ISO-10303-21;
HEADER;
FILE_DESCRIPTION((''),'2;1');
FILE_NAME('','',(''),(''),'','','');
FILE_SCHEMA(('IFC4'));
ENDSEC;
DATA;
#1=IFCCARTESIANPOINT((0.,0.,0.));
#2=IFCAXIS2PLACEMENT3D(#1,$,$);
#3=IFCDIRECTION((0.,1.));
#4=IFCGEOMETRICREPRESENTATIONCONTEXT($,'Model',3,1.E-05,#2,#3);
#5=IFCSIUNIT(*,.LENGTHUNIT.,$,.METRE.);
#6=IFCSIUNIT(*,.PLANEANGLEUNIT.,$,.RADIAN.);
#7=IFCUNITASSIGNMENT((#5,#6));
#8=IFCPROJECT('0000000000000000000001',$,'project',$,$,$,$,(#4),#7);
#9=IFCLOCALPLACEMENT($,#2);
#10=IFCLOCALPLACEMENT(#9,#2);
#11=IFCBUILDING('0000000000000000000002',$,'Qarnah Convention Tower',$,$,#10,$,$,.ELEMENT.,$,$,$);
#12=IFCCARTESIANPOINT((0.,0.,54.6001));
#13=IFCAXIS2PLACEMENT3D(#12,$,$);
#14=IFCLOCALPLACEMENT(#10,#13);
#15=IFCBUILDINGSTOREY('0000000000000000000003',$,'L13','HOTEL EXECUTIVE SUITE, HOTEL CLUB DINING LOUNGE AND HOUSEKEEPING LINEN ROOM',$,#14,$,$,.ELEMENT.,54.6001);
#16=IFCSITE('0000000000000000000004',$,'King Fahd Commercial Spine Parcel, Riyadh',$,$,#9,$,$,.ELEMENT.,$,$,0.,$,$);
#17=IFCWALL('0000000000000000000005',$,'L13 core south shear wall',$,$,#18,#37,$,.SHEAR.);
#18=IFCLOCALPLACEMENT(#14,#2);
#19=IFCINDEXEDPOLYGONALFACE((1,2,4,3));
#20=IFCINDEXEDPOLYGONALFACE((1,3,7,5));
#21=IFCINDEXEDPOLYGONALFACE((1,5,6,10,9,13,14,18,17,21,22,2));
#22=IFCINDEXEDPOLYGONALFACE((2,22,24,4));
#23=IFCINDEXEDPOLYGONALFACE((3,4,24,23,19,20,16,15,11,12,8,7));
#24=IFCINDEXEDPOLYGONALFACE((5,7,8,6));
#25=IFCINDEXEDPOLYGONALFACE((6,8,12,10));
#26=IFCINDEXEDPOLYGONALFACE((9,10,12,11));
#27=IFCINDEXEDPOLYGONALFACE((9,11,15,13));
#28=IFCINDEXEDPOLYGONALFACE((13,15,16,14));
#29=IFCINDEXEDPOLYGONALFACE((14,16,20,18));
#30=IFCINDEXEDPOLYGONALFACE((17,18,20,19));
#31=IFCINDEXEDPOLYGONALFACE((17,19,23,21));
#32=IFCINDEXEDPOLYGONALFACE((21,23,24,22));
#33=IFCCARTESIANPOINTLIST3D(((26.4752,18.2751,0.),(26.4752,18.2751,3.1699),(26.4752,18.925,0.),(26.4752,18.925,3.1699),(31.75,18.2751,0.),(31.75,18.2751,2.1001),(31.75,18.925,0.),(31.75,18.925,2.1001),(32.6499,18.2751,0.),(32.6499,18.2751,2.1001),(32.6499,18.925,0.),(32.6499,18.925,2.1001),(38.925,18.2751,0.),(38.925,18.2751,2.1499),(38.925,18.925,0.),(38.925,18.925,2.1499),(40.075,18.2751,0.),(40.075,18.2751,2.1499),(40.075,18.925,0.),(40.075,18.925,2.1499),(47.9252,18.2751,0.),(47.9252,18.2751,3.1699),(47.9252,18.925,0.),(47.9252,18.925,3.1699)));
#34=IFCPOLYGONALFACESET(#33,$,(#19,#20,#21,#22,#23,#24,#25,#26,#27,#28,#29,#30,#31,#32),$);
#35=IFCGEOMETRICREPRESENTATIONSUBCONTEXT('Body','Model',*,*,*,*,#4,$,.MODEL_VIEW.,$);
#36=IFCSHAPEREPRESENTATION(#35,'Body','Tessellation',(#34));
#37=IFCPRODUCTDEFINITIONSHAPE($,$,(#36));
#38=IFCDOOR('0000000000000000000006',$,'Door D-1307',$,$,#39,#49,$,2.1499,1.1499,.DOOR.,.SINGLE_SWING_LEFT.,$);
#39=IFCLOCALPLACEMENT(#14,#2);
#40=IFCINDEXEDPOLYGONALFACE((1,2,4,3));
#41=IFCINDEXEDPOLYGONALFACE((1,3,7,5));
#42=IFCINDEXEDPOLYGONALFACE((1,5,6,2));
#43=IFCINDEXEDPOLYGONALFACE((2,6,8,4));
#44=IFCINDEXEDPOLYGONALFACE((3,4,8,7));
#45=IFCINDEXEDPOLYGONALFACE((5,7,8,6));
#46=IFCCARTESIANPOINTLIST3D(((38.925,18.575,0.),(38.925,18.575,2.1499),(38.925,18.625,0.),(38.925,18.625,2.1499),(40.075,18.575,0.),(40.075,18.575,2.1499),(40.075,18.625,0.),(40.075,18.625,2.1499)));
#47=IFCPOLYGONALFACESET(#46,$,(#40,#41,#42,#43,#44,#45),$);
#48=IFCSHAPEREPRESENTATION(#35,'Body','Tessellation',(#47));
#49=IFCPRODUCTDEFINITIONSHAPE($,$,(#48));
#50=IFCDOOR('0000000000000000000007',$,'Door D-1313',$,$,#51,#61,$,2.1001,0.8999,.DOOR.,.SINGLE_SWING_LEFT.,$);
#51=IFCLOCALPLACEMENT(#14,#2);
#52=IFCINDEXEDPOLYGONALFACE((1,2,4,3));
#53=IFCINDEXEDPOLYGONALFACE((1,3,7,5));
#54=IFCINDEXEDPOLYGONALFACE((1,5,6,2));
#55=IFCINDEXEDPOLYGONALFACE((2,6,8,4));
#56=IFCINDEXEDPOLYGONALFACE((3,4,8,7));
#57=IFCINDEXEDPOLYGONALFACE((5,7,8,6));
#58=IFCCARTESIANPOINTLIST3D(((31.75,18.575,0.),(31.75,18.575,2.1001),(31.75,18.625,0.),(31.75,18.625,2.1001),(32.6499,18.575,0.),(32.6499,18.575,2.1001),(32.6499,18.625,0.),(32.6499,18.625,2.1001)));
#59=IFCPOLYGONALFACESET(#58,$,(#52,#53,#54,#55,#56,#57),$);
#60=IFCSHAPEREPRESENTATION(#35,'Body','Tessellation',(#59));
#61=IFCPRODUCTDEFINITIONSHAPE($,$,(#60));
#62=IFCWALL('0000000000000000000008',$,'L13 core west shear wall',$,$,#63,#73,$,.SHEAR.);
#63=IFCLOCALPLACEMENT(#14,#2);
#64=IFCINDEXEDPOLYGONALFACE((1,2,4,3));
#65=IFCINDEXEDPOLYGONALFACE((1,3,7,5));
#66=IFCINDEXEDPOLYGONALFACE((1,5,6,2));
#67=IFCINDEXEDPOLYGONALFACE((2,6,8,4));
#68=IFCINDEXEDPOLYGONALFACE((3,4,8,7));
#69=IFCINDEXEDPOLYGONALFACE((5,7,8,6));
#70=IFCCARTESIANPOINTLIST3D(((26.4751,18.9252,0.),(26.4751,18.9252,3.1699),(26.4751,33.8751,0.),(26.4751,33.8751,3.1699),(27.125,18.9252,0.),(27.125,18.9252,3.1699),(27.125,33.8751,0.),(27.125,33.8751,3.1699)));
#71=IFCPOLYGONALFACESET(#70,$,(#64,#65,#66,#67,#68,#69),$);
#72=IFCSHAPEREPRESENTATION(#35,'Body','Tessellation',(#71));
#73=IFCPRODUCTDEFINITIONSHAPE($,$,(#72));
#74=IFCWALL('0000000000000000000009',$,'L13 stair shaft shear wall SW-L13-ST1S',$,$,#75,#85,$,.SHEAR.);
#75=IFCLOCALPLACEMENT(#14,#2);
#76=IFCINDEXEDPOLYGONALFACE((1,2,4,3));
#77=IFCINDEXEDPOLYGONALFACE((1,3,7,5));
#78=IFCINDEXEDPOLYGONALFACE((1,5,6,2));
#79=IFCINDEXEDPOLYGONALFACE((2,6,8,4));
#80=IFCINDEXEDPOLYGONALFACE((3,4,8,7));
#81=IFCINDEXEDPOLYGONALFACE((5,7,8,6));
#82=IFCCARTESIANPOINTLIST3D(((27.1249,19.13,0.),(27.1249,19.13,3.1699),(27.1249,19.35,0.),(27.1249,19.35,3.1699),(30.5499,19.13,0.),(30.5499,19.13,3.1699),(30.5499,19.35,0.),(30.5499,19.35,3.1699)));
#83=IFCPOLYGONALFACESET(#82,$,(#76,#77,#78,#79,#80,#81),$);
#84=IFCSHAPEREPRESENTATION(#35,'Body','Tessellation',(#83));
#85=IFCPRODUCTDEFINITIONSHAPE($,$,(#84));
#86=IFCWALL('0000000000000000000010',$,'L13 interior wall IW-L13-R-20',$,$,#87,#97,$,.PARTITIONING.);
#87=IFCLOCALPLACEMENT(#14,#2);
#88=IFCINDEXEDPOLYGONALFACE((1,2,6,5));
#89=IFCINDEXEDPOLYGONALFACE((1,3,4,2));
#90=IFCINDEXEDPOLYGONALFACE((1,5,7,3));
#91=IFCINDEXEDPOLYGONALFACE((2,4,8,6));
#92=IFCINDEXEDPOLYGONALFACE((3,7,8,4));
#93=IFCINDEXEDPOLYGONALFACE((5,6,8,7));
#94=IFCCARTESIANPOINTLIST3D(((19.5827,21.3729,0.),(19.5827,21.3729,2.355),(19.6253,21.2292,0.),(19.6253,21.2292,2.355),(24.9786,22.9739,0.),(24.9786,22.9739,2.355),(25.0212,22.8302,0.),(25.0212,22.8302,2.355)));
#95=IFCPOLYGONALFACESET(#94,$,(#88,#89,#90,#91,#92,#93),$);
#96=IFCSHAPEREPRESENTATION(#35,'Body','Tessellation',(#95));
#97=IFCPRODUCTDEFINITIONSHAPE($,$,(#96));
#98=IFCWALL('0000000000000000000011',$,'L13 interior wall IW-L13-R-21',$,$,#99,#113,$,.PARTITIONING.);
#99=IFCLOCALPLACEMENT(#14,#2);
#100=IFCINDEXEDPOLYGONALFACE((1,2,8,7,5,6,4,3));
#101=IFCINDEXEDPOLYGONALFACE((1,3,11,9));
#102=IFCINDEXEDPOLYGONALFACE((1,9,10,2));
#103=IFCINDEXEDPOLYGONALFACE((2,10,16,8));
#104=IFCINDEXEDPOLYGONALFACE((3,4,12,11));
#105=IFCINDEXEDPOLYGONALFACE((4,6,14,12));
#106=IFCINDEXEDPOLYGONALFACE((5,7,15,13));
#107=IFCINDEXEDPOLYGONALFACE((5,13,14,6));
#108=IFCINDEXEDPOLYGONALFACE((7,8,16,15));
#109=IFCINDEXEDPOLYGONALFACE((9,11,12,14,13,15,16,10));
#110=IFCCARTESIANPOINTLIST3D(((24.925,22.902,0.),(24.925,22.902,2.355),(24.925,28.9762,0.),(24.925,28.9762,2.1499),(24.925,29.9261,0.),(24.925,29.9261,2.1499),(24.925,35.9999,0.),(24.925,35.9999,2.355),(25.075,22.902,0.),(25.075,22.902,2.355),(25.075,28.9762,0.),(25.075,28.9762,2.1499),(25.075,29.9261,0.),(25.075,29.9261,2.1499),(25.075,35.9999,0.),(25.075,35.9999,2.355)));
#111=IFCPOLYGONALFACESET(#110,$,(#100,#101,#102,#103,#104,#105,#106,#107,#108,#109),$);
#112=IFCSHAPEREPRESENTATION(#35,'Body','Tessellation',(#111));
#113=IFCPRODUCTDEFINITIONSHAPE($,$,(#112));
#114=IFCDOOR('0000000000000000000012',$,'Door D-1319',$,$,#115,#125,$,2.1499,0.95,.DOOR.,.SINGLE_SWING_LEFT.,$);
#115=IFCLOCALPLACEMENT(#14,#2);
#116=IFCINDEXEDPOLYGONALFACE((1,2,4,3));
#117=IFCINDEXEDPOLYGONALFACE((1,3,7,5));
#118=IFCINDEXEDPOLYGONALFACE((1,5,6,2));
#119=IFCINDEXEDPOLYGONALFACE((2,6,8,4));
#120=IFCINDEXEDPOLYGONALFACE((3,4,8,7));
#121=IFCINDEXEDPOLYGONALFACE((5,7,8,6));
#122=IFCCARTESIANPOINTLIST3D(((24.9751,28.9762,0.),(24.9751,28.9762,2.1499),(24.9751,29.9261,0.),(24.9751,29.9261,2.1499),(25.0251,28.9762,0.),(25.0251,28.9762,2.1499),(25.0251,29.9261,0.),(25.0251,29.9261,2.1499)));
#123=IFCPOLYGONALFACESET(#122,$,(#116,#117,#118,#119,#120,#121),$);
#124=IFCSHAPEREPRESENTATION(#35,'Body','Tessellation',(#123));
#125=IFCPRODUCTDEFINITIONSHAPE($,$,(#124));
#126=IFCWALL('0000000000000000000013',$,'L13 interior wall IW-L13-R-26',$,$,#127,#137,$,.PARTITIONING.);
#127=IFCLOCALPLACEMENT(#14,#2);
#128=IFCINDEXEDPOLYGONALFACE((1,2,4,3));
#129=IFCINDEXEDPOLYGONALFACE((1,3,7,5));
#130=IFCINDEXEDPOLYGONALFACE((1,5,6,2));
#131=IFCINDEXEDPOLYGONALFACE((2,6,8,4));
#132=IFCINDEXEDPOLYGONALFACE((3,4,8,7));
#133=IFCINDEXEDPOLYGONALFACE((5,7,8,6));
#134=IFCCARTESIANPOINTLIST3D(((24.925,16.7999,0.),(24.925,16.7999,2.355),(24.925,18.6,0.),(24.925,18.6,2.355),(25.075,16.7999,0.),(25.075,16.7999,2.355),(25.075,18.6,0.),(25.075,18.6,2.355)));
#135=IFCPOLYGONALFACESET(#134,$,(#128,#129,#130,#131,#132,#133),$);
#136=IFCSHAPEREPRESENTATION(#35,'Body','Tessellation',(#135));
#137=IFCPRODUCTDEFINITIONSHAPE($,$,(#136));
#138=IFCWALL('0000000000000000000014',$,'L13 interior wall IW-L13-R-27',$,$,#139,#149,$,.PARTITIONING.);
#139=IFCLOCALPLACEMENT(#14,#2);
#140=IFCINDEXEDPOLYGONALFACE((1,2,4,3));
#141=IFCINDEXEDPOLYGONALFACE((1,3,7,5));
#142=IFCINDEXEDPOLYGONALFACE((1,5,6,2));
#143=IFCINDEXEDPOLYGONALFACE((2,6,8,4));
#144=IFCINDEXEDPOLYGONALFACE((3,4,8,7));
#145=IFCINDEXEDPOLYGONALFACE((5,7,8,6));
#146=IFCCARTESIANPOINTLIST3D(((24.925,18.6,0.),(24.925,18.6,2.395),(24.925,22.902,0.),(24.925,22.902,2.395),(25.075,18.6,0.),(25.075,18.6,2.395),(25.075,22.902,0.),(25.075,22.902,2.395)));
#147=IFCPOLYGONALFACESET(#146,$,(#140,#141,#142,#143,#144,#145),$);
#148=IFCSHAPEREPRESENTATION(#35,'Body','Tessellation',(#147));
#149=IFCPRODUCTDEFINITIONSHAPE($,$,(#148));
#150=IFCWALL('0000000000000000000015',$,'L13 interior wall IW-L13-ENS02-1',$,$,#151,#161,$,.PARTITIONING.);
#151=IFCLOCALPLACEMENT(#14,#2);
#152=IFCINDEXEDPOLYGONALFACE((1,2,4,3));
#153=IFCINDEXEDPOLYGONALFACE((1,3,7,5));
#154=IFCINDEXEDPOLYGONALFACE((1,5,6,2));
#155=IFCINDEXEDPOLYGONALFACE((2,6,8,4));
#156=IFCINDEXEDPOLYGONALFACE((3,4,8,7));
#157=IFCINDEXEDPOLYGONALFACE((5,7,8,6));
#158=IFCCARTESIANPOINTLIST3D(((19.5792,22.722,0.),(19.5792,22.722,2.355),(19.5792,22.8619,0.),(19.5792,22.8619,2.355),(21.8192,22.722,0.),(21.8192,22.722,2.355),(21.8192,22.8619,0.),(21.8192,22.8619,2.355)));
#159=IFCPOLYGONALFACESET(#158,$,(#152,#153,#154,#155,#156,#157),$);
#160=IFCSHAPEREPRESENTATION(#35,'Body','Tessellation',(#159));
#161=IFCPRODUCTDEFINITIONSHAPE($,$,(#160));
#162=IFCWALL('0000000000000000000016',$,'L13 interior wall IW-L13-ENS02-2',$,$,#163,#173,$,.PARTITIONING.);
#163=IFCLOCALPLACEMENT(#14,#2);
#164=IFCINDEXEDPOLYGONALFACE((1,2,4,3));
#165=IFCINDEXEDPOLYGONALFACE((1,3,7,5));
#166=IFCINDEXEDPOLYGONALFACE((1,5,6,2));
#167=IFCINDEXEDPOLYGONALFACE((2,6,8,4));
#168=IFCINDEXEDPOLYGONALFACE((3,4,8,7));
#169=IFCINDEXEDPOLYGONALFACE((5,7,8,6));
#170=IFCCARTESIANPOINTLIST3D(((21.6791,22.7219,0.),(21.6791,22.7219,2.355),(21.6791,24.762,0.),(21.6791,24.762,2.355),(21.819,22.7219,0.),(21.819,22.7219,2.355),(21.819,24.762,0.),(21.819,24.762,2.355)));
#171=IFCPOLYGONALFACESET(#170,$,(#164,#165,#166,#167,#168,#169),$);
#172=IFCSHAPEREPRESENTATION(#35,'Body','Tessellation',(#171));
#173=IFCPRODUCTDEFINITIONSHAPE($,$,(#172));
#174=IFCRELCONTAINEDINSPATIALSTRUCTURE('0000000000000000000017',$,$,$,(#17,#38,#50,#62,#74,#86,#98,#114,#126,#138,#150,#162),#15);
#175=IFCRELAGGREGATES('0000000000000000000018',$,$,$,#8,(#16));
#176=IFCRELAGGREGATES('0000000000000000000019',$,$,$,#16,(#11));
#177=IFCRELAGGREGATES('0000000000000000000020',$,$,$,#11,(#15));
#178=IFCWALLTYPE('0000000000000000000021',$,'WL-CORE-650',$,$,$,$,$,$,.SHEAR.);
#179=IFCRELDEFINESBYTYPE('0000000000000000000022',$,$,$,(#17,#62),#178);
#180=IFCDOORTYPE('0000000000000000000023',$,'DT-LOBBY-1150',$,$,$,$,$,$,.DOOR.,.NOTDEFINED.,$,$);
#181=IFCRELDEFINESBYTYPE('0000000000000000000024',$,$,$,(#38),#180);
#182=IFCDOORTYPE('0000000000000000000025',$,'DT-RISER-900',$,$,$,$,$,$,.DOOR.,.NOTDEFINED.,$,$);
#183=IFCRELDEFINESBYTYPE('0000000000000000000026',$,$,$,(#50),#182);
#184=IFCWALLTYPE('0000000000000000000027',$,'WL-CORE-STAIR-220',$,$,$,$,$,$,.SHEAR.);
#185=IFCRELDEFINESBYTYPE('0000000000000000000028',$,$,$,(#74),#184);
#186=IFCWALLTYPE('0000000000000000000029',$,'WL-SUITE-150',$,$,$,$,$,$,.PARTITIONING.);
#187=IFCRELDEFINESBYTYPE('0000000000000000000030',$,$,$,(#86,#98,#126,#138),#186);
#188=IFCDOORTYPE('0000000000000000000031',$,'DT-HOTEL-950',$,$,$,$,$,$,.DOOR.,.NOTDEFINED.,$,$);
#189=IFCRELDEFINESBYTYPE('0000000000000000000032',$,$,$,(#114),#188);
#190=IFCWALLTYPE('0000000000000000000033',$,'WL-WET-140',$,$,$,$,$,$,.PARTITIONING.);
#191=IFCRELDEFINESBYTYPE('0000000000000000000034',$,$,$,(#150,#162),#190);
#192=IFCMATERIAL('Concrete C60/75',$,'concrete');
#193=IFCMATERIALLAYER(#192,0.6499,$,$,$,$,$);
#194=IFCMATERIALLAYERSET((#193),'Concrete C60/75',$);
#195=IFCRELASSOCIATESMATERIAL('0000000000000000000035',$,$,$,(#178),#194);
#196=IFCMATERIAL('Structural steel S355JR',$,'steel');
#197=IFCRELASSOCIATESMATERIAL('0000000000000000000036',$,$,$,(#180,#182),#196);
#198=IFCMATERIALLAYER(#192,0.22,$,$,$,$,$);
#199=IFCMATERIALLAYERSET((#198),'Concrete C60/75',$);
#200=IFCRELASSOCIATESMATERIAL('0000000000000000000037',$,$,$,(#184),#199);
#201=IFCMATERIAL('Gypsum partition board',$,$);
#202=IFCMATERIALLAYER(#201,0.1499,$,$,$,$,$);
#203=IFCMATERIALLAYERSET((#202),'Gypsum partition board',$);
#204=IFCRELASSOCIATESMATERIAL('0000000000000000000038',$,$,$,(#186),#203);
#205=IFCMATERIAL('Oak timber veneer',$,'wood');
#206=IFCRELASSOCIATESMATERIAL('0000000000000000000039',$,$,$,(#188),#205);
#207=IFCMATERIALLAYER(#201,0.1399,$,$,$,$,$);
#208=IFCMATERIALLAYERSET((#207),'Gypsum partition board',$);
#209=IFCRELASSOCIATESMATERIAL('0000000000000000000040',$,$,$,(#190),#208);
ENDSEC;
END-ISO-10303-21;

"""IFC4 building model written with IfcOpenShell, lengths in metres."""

from ifc_helpers import new_model, si_unit, direction, frame, frame_2d, origin, place, context, subcontext, project, spatial, rectangle, extrude, material, layer, layer_set, type_object, element, fill, save


model = new_model("IFC4")

# Units and contexts
model_context = context("Model", 3, precision=1e-05, world=origin(), true_north=direction((0.0, 1.0)))
body_context = subcontext(model_context, "Body", "Model", "MODEL_VIEW")
ifc_project = project(units=[si_unit("LENGTHUNIT", "METRE"), si_unit("PLANEANGLEUNIT", "RADIAN")], contexts=[model_context])

# Site, building, storey
site_placement = place(None, origin())
site = spatial("IfcSite", under=ifc_project, at=site_placement, Name="King Fahd Commercial Spine Parcel, Riyadh", CompositionType="ELEMENT", RefElevation=0.0)
building_placement = place(site_placement, origin())
building = spatial("IfcBuilding", under=site, at=building_placement, Name="Qarnah Convention Tower", CompositionType="ELEMENT")
storey_placement = place(building_placement, frame((0.0, 0.0, 54.6001)))
storey = spatial("IfcBuildingStorey", under=building, at=storey_placement, Name="L13", Description="HOTEL EXECUTIVE SUITE, HOTEL CLUB DINING LOUNGE AND HOUSEKEEPING LINEN ROOM", CompositionType="ELEMENT", Elevation=54.6001)

# Shared definitions
ifc_material_1 = material(Name="Concrete C60/75", Category="concrete")
ifc_material_2 = material(Name="Structural steel S355JR", Category="steel")

# Wall, openings, doors
ifc_layer_1 = layer(ifc_material_1, 0.6499)
ifc_layer_set_1 = layer_set([ifc_layer_1], Name="Concrete C60/75")
wall_type_1 = type_object("IfcWallType", Name="WL-CORE-650", PredefinedType="SHEAR", material=ifc_layer_set_1)
wall_1_placement = place(storey_placement, frame((26.4751, 18.6001, 0.0), z_axis=(0.0, 0.0, 1.0), x_axis=(1.0, 0.0, 0.0)))
wall_1 = element("IfcWall", 1, at=wall_1_placement, inside=storey, type_object=wall_type_1, Name="L13 core south shear wall", PredefinedType="SHEAR", context=body_context, shape_type="SweptSolid", body=[
    extrude(rectangle(XDim=21.45, YDim=0.6499, at=frame_2d((10.7251, 0.0))), origin(), (0.0, 0.0, 1.0), 3.1699),
])
opening_1_placement = place(wall_1_placement, frame((12.45, 0.0, 0.0)))
opening_1 = element("IfcOpeningElement", 2, at=opening_1_placement, cuts=wall_1, PredefinedType="OPENING", context=body_context, shape_type="SweptSolid", body=[
    extrude(rectangle(XDim=1.1499, YDim=2.1499, at=frame_2d((0.575, 1.075))), frame((0.0, 0.335, 0.0), z_axis=(0.0, -1.0, 0.0), x_axis=(1.0, 0.0, 0.0)), (0.0, 0.0, 1.0), 0.6699),
])
opening_2_placement = place(wall_1_placement, frame((5.2749, 0.0, 0.0)))
opening_2 = element("IfcOpeningElement", 3, at=opening_2_placement, cuts=wall_1, PredefinedType="OPENING", context=body_context, shape_type="SweptSolid", body=[
    extrude(rectangle(XDim=0.8999, YDim=2.1001, at=frame_2d((0.45, 1.05))), frame((0.0, 0.335, 0.0), z_axis=(0.0, -1.0, 0.0), x_axis=(1.0, 0.0, 0.0)), (0.0, 0.0, 1.0), 0.6699),
])
door_type_1 = type_object("IfcDoorType", Name="DT-LOBBY-1150", OperationType="NOTDEFINED", PredefinedType="DOOR", material=ifc_material_2)
door_1_placement = place(opening_1_placement, origin())
door_1 = element("IfcDoor", 4, at=door_1_placement, inside=storey, type_object=door_type_1, Name="Door D-1307", OperationType="SINGLE_SWING_LEFT", OverallHeight=2.1499, OverallWidth=1.1499, PredefinedType="DOOR", context=body_context, shape_type="SweptSolid", body=[
    extrude(rectangle(XDim=1.1499, YDim=2.1499, at=frame_2d((0.575, 1.075))), frame((0.0, 0.0249, 0.0), z_axis=(0.0, -1.0, 0.0), x_axis=(1.0, 0.0, 0.0)), (0.0, 0.0, 1.0), 0.05),
])
fill(opening_1, door_1)
door_type_2 = type_object("IfcDoorType", Name="DT-RISER-900", OperationType="NOTDEFINED", PredefinedType="DOOR", material=ifc_material_2)
door_2_placement = place(opening_2_placement, origin())
door_2 = element("IfcDoor", 5, at=door_2_placement, inside=storey, type_object=door_type_2, Name="Door D-1313", OperationType="SINGLE_SWING_LEFT", OverallHeight=2.1001, OverallWidth=0.8999, PredefinedType="DOOR", context=body_context, shape_type="SweptSolid", body=[
    extrude(rectangle(XDim=0.8999, YDim=2.1001, at=frame_2d((0.45, 1.05))), frame((0.0, 0.0249, 0.0), z_axis=(0.0, -1.0, 0.0), x_axis=(1.0, 0.0, 0.0)), (0.0, 0.0, 1.0), 0.05),
])
fill(opening_2, door_2)

# Walls
wall_2_placement = place(storey_placement, frame((26.8, 18.925, 0.0), z_axis=(0.0, 0.0, 1.0), x_axis=(0.0, 1.0, 0.0)))
element("IfcWall", 6, at=wall_2_placement, inside=storey, type_object=wall_type_1, Name="L13 core west shear wall", PredefinedType="SHEAR", context=body_context, shape_type="SweptSolid", body=[
    extrude(rectangle(XDim=14.95, YDim=0.6499, at=frame_2d((7.4751, 0.0))), origin(), (0.0, 0.0, 1.0), 3.1699),
])
ifc_layer_2 = layer(ifc_material_1, 0.22)
ifc_layer_set_2 = layer_set([ifc_layer_2], Name="Concrete C60/75")
wall_type_2 = type_object("IfcWallType", Name="WL-CORE-STAIR-220", PredefinedType="SHEAR", material=ifc_layer_set_2)
wall_3_placement = place(storey_placement, frame((27.125, 19.24, 0.0), z_axis=(0.0, 0.0, 1.0), x_axis=(1.0, 0.0, 0.0)))
element("IfcWall", 7, at=wall_3_placement, inside=storey, type_object=wall_type_2, Name="L13 stair shaft shear wall SW-L13-ST1S", PredefinedType="SHEAR", context=body_context, shape_type="SweptSolid", body=[
    extrude(rectangle(XDim=3.425, YDim=0.22, at=frame_2d((1.7124, 0.0))), origin(), (0.0, 0.0, 1.0), 3.1699),
])
ifc_material_3 = material(Name="Gypsum partition board")
ifc_layer_3 = layer(ifc_material_3, 0.1499)
ifc_layer_set_3 = layer_set([ifc_layer_3], Name="Gypsum partition board")
wall_type_3 = type_object("IfcWallType", Name="WL-SUITE-150", PredefinedType="PARTITIONING", material=ifc_layer_set_3)
wall_4_placement = place(storey_placement, frame((19.604, 21.301, 0.0), z_axis=(0.0, 0.0, 1.0), x_axis=(0.958689, 0.284458, 0.0)))
element("IfcWall", 8, at=wall_4_placement, inside=storey, type_object=wall_type_3, Name="L13 interior wall IW-L13-R-20", PredefinedType="PARTITIONING", context=body_context, shape_type="SweptSolid", body=[
    extrude(rectangle(XDim=5.6284, YDim=0.1499, at=frame_2d((2.8142, 0.0))), origin(), (0.0, 0.0, 1.0), 2.355),
])

# Wall, opening, door
wall_5_placement = place(storey_placement, frame((25.0, 22.9021, 0.0), z_axis=(0.0, 0.0, 1.0), x_axis=(0.0, 1.0, 0.0)))
wall_5 = element("IfcWall", 9, at=wall_5_placement, inside=storey, type_object=wall_type_3, Name="L13 interior wall IW-L13-R-21", PredefinedType="PARTITIONING", context=body_context, shape_type="SweptSolid", body=[
    extrude(rectangle(XDim=13.0979, YDim=0.1499, at=frame_2d((6.5488, 0.0))), origin(), (0.0, 0.0, 1.0), 2.355),
])
opening_3_placement = place(wall_5_placement, frame((6.074, 0.0, 0.0)))
opening_3 = element("IfcOpeningElement", 10, at=opening_3_placement, cuts=wall_5, PredefinedType="OPENING", context=body_context, shape_type="SweptSolid", body=[
    extrude(rectangle(XDim=0.95, YDim=2.1499, at=frame_2d((0.4751, 1.075))), frame((0.0, 0.085, 0.0), z_axis=(0.0, -1.0, 0.0), x_axis=(1.0, 0.0, 0.0)), (0.0, 0.0, 1.0), 0.1699),
])
ifc_material_4 = material(Name="Oak timber veneer", Category="wood")
door_type_3 = type_object("IfcDoorType", Name="DT-HOTEL-950", OperationType="NOTDEFINED", PredefinedType="DOOR", material=ifc_material_4)
door_3_placement = place(opening_3_placement, origin())
door_3 = element("IfcDoor", 11, at=door_3_placement, inside=storey, type_object=door_type_3, Name="Door D-1319", OperationType="SINGLE_SWING_LEFT", OverallHeight=2.1499, OverallWidth=0.95, PredefinedType="DOOR", context=body_context, shape_type="SweptSolid", body=[
    extrude(rectangle(XDim=0.95, YDim=2.1499, at=frame_2d((0.4751, 1.075))), frame((0.0, 0.0249, 0.0), z_axis=(0.0, -1.0, 0.0), x_axis=(1.0, 0.0, 0.0)), (0.0, 0.0, 1.0), 0.05),
])
fill(opening_3, door_3)

# Walls
wall_6_placement = place(storey_placement, frame((25.0, 16.8, 0.0), z_axis=(0.0, 0.0, 1.0), x_axis=(0.0, 1.0, 0.0)))
element("IfcWall", 12, at=wall_6_placement, inside=storey, type_object=wall_type_3, Name="L13 interior wall IW-L13-R-26", PredefinedType="PARTITIONING", context=body_context, shape_type="SweptSolid", body=[
    extrude(rectangle(XDim=1.8, YDim=0.1499, at=frame_2d((0.8999, 0.0))), origin(), (0.0, 0.0, 1.0), 2.355),
])
wall_7_placement = place(storey_placement, frame((25.0, 18.6001, 0.0), z_axis=(0.0, 0.0, 1.0), x_axis=(0.0, 1.0, 0.0)))
element("IfcWall", 13, at=wall_7_placement, inside=storey, type_object=wall_type_3, Name="L13 interior wall IW-L13-R-27", PredefinedType="PARTITIONING", context=body_context, shape_type="SweptSolid", body=[
    extrude(rectangle(XDim=4.302, YDim=0.1499, at=frame_2d((2.1509, 0.0))), origin(), (0.0, 0.0, 1.0), 2.395),
])
ifc_layer_4 = layer(ifc_material_3, 0.1399)
ifc_layer_set_4 = layer_set([ifc_layer_4], Name="Gypsum partition board")
wall_type_4 = type_object("IfcWallType", Name="WL-WET-140", PredefinedType="PARTITIONING", material=ifc_layer_set_4)
wall_8_placement = place(storey_placement, frame((19.5791, 22.792, 0.0), z_axis=(0.0, 0.0, 1.0), x_axis=(1.0, 0.0, 0.0)))
element("IfcWall", 14, at=wall_8_placement, inside=storey, type_object=wall_type_4, Name="L13 interior wall IW-L13-ENS02-1", PredefinedType="PARTITIONING", context=body_context, shape_type="SweptSolid", body=[
    extrude(rectangle(XDim=2.24, YDim=0.1399, at=frame_2d((1.1201, 0.0))), origin(), (0.0, 0.0, 1.0), 2.355),
])
wall_9_placement = place(storey_placement, frame((21.749, 22.7219, 0.0), z_axis=(0.0, 0.0, 1.0), x_axis=(0.0, 1.0, 0.0)))
element("IfcWall", 15, at=wall_9_placement, inside=storey, type_object=wall_type_4, Name="L13 interior wall IW-L13-ENS02-2", PredefinedType="PARTITIONING", context=body_context, shape_type="SweptSolid", body=[
    extrude(rectangle(XDim=2.04, YDim=0.1399, at=frame_2d((1.02, 0.0))), origin(), (0.0, 0.0, 1.0), 2.355),
])

save(model, "model.ifc")
